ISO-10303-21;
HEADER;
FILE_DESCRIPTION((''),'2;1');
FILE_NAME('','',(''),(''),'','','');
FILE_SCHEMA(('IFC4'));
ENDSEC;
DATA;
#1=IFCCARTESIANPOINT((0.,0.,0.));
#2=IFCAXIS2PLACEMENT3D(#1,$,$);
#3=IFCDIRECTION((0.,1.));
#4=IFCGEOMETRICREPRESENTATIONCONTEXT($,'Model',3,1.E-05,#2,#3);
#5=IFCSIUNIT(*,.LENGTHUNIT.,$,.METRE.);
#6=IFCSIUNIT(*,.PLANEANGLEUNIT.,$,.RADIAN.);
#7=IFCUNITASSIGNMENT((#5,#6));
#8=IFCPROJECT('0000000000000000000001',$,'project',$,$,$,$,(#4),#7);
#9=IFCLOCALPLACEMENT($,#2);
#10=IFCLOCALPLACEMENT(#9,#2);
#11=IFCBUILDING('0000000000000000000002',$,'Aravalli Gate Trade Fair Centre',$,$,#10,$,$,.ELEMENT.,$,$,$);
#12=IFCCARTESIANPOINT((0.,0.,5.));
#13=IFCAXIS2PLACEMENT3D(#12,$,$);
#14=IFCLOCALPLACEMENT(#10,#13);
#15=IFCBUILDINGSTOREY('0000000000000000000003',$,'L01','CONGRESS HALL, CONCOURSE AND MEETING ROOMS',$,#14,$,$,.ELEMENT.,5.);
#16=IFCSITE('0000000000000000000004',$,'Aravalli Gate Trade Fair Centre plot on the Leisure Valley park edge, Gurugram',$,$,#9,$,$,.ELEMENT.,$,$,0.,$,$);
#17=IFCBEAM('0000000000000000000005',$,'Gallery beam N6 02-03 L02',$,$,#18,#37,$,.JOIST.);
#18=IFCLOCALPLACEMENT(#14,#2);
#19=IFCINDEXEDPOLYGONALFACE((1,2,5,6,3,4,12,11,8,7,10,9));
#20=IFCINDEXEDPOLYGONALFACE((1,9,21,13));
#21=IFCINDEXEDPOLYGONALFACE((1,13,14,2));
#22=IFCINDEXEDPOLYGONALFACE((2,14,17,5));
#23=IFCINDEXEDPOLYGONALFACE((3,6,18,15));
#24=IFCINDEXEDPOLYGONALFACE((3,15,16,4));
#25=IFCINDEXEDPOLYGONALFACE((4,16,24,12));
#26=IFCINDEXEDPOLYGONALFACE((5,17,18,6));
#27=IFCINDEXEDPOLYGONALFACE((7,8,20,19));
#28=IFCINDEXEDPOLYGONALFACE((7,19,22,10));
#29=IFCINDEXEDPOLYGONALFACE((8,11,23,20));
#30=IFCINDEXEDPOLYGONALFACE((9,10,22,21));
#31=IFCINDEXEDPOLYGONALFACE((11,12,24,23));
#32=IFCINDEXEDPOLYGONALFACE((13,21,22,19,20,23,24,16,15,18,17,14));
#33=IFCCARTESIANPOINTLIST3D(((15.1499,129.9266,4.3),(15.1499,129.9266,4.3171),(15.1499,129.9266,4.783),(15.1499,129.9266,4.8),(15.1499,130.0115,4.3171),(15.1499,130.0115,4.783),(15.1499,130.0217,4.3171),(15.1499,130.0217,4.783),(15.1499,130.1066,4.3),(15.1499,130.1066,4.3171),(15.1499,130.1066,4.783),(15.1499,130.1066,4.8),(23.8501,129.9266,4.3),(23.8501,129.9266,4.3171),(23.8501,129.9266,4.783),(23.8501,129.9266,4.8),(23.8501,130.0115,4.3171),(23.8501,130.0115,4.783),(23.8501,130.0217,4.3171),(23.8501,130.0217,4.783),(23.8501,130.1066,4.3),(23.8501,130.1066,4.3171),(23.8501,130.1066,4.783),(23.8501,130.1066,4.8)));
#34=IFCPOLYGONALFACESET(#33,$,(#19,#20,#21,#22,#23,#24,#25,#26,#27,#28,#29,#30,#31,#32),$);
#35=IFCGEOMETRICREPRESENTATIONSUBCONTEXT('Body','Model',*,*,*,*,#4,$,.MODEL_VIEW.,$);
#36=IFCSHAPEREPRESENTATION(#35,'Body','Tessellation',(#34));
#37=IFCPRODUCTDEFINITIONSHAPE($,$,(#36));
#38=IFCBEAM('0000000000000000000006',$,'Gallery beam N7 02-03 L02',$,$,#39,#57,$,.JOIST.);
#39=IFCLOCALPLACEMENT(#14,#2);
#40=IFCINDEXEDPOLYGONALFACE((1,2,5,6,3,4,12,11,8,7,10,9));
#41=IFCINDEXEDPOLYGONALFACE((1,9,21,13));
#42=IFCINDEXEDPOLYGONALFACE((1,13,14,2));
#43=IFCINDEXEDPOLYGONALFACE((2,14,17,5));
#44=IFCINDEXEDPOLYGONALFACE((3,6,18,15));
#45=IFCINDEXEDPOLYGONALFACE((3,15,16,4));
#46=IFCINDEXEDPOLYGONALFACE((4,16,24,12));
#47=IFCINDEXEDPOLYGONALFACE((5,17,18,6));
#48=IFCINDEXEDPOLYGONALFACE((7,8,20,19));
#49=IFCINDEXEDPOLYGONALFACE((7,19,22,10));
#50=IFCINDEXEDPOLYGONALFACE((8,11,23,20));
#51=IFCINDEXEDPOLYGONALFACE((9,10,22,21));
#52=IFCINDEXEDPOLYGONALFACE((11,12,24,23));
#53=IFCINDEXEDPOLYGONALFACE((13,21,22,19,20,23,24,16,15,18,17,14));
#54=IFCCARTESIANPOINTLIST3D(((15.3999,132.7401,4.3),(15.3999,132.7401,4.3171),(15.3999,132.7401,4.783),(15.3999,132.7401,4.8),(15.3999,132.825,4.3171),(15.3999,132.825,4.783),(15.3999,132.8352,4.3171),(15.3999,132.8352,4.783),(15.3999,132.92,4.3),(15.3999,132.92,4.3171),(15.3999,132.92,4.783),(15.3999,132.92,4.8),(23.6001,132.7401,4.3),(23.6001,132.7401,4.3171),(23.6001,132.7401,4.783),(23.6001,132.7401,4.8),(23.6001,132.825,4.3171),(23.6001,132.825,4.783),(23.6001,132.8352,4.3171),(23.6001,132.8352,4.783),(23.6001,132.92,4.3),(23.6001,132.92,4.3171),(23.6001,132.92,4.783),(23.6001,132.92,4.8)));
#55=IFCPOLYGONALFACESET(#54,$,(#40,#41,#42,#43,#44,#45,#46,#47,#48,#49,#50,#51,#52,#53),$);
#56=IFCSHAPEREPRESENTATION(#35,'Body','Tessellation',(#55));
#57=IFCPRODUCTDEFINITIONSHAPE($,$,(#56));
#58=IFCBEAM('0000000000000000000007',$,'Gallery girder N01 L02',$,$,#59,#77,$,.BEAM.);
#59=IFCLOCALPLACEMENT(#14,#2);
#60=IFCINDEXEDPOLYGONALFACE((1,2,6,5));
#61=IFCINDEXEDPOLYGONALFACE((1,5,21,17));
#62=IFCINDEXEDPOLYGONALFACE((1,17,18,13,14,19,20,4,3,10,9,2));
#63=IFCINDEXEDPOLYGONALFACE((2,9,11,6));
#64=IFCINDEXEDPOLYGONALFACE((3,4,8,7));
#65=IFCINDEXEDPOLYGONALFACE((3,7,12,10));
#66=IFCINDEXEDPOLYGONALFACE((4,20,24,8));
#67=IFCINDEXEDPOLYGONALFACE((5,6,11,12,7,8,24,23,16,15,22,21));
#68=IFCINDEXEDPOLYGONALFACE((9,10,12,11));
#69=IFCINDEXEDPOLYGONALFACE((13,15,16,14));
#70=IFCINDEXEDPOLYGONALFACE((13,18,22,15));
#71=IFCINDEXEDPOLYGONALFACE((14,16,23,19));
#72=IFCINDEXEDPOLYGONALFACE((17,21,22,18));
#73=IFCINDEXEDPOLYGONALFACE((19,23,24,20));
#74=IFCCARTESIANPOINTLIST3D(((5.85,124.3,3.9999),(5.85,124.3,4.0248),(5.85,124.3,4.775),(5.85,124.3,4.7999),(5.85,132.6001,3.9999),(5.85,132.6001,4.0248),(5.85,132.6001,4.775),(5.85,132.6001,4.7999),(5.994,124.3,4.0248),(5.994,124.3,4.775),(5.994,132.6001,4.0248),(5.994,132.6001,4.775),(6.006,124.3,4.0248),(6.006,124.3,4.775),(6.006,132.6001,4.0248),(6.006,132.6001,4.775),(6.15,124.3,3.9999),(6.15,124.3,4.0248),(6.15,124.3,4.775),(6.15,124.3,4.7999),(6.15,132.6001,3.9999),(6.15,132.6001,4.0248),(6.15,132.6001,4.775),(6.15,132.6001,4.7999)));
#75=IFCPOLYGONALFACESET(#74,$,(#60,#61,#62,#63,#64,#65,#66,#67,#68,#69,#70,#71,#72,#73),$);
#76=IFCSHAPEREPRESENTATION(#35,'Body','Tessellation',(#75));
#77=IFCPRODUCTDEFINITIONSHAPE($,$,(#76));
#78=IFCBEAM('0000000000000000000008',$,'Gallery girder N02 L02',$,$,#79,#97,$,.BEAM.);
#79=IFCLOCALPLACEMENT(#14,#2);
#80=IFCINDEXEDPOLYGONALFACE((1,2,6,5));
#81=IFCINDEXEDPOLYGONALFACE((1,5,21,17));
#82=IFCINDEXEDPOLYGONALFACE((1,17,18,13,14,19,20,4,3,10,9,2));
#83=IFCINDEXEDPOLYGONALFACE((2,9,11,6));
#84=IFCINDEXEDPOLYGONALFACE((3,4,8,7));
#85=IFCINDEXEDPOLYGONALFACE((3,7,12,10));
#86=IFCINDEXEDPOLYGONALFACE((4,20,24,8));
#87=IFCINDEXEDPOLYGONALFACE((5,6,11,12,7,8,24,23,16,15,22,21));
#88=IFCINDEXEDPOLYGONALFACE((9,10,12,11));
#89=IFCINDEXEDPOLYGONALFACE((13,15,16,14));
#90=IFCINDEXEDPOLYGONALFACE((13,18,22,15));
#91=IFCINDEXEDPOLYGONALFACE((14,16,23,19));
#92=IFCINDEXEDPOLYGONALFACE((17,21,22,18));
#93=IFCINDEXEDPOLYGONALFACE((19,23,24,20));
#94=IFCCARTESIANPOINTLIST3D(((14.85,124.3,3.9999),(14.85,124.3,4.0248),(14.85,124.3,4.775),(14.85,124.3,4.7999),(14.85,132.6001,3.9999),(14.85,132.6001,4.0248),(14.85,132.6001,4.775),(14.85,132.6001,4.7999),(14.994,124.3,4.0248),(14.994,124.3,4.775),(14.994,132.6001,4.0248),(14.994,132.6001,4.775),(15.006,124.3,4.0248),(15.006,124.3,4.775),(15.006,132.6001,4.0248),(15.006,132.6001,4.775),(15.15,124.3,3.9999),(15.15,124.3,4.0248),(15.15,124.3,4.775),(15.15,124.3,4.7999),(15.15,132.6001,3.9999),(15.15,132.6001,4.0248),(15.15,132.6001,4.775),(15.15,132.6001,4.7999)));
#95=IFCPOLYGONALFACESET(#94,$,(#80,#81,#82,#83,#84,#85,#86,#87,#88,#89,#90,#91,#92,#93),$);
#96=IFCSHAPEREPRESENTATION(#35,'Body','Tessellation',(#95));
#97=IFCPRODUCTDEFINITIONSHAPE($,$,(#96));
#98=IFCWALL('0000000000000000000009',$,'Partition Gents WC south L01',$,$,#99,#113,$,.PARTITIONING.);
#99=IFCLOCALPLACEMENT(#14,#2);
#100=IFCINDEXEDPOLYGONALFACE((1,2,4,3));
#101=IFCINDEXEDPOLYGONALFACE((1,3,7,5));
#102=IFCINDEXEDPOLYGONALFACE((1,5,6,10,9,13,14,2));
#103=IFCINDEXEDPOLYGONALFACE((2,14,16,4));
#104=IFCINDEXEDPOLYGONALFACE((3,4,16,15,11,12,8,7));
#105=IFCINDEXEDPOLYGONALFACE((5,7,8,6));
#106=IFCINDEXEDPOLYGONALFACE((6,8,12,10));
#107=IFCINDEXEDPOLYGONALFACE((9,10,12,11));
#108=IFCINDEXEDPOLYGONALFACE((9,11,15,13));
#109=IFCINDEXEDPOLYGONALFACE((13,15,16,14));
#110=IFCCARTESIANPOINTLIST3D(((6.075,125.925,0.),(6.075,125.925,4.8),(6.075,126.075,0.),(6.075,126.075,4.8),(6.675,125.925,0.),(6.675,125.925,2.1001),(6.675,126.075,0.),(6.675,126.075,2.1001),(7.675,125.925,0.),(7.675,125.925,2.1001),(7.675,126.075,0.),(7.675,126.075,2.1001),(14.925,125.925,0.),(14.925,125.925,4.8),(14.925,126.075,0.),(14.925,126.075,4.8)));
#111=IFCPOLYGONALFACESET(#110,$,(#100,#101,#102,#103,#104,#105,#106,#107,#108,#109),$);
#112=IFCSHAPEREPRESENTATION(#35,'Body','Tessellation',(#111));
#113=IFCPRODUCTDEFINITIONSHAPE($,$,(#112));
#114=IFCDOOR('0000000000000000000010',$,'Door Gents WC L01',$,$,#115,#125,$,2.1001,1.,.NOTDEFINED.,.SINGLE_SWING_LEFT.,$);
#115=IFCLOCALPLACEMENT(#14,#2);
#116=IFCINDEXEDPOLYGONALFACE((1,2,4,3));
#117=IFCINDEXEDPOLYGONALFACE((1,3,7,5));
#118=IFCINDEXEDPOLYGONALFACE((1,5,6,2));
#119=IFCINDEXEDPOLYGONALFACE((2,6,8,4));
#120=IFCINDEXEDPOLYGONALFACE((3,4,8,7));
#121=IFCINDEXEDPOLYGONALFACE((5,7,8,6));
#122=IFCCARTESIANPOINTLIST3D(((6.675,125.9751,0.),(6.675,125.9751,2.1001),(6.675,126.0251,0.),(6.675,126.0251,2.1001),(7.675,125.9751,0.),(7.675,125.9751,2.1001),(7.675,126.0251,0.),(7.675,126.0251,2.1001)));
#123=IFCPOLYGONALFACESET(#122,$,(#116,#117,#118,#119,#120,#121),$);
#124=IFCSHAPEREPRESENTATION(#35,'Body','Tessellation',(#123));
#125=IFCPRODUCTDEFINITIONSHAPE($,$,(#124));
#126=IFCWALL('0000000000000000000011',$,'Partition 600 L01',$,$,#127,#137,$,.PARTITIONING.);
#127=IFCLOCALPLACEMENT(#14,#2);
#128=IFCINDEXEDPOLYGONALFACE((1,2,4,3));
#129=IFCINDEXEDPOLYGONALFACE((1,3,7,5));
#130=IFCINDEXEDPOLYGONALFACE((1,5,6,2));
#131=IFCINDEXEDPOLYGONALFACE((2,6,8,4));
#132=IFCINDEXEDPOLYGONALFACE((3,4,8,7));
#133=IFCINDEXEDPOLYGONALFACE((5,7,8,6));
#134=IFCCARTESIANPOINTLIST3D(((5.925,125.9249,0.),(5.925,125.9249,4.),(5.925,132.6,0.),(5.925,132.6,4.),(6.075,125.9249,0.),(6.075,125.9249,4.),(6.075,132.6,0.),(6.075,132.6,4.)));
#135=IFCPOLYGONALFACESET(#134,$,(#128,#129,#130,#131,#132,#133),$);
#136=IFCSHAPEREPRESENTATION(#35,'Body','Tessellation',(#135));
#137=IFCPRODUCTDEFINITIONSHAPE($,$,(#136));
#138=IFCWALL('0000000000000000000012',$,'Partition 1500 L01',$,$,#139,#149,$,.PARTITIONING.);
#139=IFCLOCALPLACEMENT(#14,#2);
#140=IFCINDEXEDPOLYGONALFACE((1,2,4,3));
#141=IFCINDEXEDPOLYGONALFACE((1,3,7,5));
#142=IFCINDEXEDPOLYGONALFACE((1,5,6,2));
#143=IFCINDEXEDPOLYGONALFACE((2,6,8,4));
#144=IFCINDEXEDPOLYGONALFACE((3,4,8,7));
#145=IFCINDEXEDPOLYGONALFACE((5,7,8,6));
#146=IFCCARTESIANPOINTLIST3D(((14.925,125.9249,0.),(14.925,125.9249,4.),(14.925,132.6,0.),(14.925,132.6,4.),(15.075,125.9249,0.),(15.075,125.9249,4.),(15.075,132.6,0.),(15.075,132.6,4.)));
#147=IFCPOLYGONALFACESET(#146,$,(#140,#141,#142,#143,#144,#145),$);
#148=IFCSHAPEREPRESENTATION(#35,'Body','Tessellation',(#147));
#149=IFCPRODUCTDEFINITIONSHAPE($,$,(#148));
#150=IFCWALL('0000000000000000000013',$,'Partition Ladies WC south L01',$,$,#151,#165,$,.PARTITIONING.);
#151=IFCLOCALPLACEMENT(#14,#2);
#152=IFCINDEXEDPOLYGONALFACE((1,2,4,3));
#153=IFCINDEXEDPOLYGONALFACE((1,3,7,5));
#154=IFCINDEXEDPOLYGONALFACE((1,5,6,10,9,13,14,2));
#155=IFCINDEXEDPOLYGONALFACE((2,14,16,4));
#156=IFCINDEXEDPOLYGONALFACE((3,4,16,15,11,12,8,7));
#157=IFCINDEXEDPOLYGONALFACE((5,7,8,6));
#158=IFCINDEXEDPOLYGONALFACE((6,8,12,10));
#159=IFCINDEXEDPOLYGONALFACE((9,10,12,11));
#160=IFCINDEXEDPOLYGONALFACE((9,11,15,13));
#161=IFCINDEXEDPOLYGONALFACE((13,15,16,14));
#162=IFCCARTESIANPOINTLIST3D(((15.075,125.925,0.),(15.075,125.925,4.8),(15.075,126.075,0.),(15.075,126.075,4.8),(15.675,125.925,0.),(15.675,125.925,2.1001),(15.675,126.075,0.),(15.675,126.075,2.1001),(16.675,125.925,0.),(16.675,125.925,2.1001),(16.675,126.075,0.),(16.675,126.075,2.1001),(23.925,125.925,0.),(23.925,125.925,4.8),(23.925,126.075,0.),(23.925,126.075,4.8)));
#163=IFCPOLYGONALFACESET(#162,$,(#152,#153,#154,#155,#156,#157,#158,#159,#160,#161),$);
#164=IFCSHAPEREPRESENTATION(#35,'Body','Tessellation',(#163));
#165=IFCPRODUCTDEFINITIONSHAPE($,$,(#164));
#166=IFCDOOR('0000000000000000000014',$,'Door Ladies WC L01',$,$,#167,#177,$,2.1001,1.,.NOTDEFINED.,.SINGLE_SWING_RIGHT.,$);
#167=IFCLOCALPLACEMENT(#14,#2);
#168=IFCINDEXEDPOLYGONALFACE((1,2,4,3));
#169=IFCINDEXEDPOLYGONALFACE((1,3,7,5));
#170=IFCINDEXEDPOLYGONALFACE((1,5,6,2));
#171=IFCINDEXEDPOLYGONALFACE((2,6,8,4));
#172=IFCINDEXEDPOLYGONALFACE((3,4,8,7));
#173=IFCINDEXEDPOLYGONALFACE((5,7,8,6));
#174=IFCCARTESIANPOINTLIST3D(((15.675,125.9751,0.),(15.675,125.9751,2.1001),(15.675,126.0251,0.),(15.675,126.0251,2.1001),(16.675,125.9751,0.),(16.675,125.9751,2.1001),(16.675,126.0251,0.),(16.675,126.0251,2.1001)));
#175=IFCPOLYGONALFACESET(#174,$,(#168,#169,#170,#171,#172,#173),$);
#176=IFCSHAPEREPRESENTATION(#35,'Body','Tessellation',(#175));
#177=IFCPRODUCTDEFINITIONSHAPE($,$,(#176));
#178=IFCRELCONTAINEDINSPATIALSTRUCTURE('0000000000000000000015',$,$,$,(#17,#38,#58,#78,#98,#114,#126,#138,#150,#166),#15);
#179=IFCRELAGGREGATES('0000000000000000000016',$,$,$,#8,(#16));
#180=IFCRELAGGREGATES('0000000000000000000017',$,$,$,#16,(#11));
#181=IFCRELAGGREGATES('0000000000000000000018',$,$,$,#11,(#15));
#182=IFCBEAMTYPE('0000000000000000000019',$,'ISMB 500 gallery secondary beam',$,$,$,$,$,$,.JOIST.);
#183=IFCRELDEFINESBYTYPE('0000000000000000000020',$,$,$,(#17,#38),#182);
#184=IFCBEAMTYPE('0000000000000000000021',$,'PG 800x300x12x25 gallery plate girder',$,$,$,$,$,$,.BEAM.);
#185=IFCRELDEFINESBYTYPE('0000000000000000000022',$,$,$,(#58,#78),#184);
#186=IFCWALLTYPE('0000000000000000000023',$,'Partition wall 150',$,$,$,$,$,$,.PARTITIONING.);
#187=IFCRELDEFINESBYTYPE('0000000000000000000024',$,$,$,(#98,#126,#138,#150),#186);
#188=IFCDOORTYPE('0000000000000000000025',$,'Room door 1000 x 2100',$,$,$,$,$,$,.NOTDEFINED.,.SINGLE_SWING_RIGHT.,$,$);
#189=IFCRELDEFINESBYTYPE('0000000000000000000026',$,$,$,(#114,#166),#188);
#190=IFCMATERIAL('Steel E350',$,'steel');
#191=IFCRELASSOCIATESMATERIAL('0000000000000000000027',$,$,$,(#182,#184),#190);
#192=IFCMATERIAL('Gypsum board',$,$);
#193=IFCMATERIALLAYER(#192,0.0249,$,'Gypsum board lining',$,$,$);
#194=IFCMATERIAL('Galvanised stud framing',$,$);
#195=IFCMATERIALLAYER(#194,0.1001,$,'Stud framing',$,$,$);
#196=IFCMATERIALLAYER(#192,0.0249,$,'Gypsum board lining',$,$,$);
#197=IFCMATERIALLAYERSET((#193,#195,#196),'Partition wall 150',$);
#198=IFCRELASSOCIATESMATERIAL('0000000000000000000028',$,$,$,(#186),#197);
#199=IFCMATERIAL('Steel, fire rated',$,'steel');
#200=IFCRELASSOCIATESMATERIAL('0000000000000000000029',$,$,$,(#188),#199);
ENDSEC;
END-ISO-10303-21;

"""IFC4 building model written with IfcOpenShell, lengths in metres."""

from ifc_helpers import new_model, si_unit, direction, frame, frame_2d, origin, origin_2d, place, context, subcontext, project, spatial, rectangle, i_section, extrude, material, layer, layer_set, material_profile, profile_set, type_object, element, fill, save


model = new_model("IFC4")

# Units and contexts
model_context = context("Model", 3, precision=1e-05, world=origin(), true_north=direction((0.0, 1.0)))
body_context = subcontext(model_context, "Body", "Model", "MODEL_VIEW")
ifc_project = project(units=[si_unit("LENGTHUNIT", "METRE"), si_unit("PLANEANGLEUNIT", "RADIAN")], contexts=[model_context])

# Site, building, storey
site_placement = place(None, origin())
site = spatial("IfcSite", under=ifc_project, at=site_placement, Name="Aravalli Gate Trade Fair Centre plot on the Leisure Valley park edge, Gurugram", CompositionType="ELEMENT", RefElevation=0.0)
building_placement = place(site_placement, origin())
building = spatial("IfcBuilding", under=site, at=building_placement, Name="Aravalli Gate Trade Fair Centre", CompositionType="ELEMENT")
storey_placement = place(building_placement, frame((0.0, 0.0, 5.0)))
storey = spatial("IfcBuildingStorey", under=building, at=storey_placement, Name="L01", Description="CONGRESS HALL, CONCOURSE AND MEETING ROOMS", CompositionType="ELEMENT", Elevation=5.0)

# Beams
ifc_material_1 = material(Name="Steel E350", Category="steel")
ifc_material_profile_1 = material_profile(ifc_material_1, i_section(OverallWidth=0.1799, OverallDepth=0.5, WebThickness=0.0103, FlangeThickness=0.0171, at=origin_2d()), Name="ISMB 500")
ifc_profile_set_1 = profile_set([ifc_material_profile_1], Name="Steel E350")
beam_type_1 = type_object("IfcBeamType", Name="ISMB 500 gallery secondary beam", PredefinedType="JOIST", material=ifc_profile_set_1)
for number, where, z_axis, x_axis, name in (
    (1, (15.1499, 130.0166, 4.55), (1.0, 0.0, 0.0), (0.0, 1.0, 0.0), "Gallery beam N6 02-03 L02"),
):
    element("IfcBeam", number, at=place(storey_placement, frame(where, z_axis=z_axis, x_axis=x_axis)), inside=storey, type_object=beam_type_1, Name=name, PredefinedType="JOIST", context=body_context, shape_type="SweptSolid", body=[
        extrude(i_section(OverallWidth=0.1799, OverallDepth=0.5, WebThickness=0.0103, FlangeThickness=0.0171, at=origin_2d()), origin(), (0.0, 0.0, 1.0), 8.7002),
    ])
beam_1_placement = place(storey_placement, frame((15.3999, 132.8301, 4.55), z_axis=(1.0, 0.0, 0.0), x_axis=(0.0, 1.0, 0.0)))
element("IfcBeam", 2, at=beam_1_placement, inside=storey, type_object=beam_type_1, Name="Gallery beam N7 02-03 L02", PredefinedType="JOIST", context=body_context, shape_type="SweptSolid", body=[
    extrude(i_section(OverallWidth=0.1799, OverallDepth=0.5, WebThickness=0.0103, FlangeThickness=0.0171, at=origin_2d()), origin(), (0.0, 0.0, 1.0), 8.2002),
])
ifc_material_profile_2 = material_profile(ifc_material_1, i_section(OverallWidth=0.3, OverallDepth=0.8, WebThickness=0.012, FlangeThickness=0.0249, at=origin_2d()), Name="PG 800x300x12x25")
ifc_profile_set_2 = profile_set([ifc_material_profile_2], Name="Steel E350")
beam_type_2 = type_object("IfcBeamType", Name="PG 800x300x12x25 gallery plate girder", PredefinedType="BEAM", material=ifc_profile_set_2)
for number, where, z_axis, x_axis, name in (
    (3, (6.0, 124.3, 4.3999), (0.0, 1.0, 0.0), (-1.0, 0.0, 0.0), "Gallery girder N01 L02"),
    (4, (15.0, 124.3, 4.3999), (0.0, 1.0, 0.0), (-1.0, 0.0, 0.0), "Gallery girder N02 L02"),
):
    element("IfcBeam", number, at=place(storey_placement, frame(where, z_axis=z_axis, x_axis=x_axis)), inside=storey, type_object=beam_type_2, Name=name, PredefinedType="BEAM", context=body_context, shape_type="SweptSolid", body=[
        extrude(i_section(OverallWidth=0.3, OverallDepth=0.8, WebThickness=0.012, FlangeThickness=0.0249, at=origin_2d()), origin(), (0.0, 0.0, 1.0), 8.3),
    ])

# Wall, opening, door
ifc_material_2 = material(Name="Gypsum board")
ifc_layer_1 = layer(ifc_material_2, 0.0249, Name="Gypsum board lining")
ifc_material_3 = material(Name="Galvanised stud framing")
ifc_layer_2 = layer(ifc_material_3, 0.1001, Name="Stud framing")
ifc_layer_3 = layer(ifc_material_2, 0.0249, Name="Gypsum board lining")
ifc_layer_set = layer_set([ifc_layer_1, ifc_layer_2, ifc_layer_3], Name="Partition wall 150")
wall_type = type_object("IfcWallType", Name="Partition wall 150", PredefinedType="PARTITIONING", material=ifc_layer_set)
wall_1_placement = place(storey_placement, frame((6.075, 126.0, 0.0), z_axis=(0.0, 0.0, 1.0), x_axis=(1.0, 0.0, 0.0)))
wall_1 = element("IfcWall", 5, at=wall_1_placement, inside=storey, type_object=wall_type, Name="Partition Gents WC south L01", PredefinedType="PARTITIONING", context=body_context, shape_type="SweptSolid", body=[
    extrude(rectangle(XDim=8.8501, YDim=0.1499, at=frame_2d((4.425, 0.0))), origin(), (0.0, 0.0, 1.0), 4.8),
])
opening_1_placement = place(wall_1_placement, frame((0.6001, 0.0, 0.0)))
opening_1 = element("IfcOpeningElement", 6, at=opening_1_placement, cuts=wall_1, PredefinedType="OPENING", context=body_context, shape_type="SweptSolid", body=[
    extrude(rectangle(XDim=1.0, YDim=2.1001, at=frame_2d((0.5, 1.05))), frame((0.0, 0.085, 0.0), z_axis=(0.0, -1.0, 0.0), x_axis=(1.0, 0.0, 0.0)), (0.0, 0.0, 1.0), 0.1699),
])
ifc_material_4 = material(Name="Steel, fire rated", Category="steel")
door_type = type_object("IfcDoorType", Name="Room door 1000 x 2100", OperationType="SINGLE_SWING_RIGHT", PredefinedType="NOTDEFINED", material=ifc_material_4)
door_1_placement = place(opening_1_placement, frame((1.0, 0.0, 0.0), z_axis=(0.0, 0.0, 1.0), x_axis=(-1.0, 0.0, 0.0)))
door_1 = element("IfcDoor", 7, at=door_1_placement, inside=storey, type_object=door_type, Name="Door Gents WC L01", OperationType="SINGLE_SWING_LEFT", OverallHeight=2.1001, OverallWidth=1.0, PredefinedType="NOTDEFINED", context=body_context, shape_type="SweptSolid", body=[
    extrude(rectangle(XDim=1.0, YDim=2.1001, at=frame_2d((0.5, 1.05))), frame((0.0, 0.0249, 0.0), z_axis=(0.0, -1.0, 0.0), x_axis=(1.0, 0.0, 0.0)), (0.0, 0.0, 1.0), 0.05),
])
fill(opening_1, door_1)

# Walls
for number, where, z_axis, x_axis, name in (
    (8, (6.0, 125.925, 0.0), (0.0, 0.0, 1.0), (0.0, 1.0, 0.0), "Partition 600 L01"),
    (9, (15.0, 125.925, 0.0), (0.0, 0.0, 1.0), (0.0, 1.0, 0.0), "Partition 1500 L01"),
):
    element("IfcWall", number, at=place(storey_placement, frame(where, z_axis=z_axis, x_axis=x_axis)), inside=storey, type_object=wall_type, Name=name, PredefinedType="PARTITIONING", context=body_context, shape_type="SweptSolid", body=[
        extrude(rectangle(XDim=6.675, YDim=0.1499, at=frame_2d((3.3374, 0.0))), origin(), (0.0, 0.0, 1.0), 4.0),
    ])

# Wall, opening, door
wall_2_placement = place(storey_placement, frame((15.075, 126.0, 0.0), z_axis=(0.0, 0.0, 1.0), x_axis=(1.0, 0.0, 0.0)))
wall_2 = element("IfcWall", 10, at=wall_2_placement, inside=storey, type_object=wall_type, Name="Partition Ladies WC south L01", PredefinedType="PARTITIONING", context=body_context, shape_type="SweptSolid", body=[
    extrude(rectangle(XDim=8.8501, YDim=0.1499, at=frame_2d((4.425, 0.0))), origin(), (0.0, 0.0, 1.0), 4.8),
])
opening_2_placement = place(wall_2_placement, frame((0.6001, 0.0, 0.0)))
opening_2 = element("IfcOpeningElement", 11, at=opening_2_placement, cuts=wall_2, PredefinedType="OPENING", context=body_context, shape_type="SweptSolid", body=[
    extrude(rectangle(XDim=1.0, YDim=2.1001, at=frame_2d((0.5, 1.05))), frame((0.0, 0.085, 0.0), z_axis=(0.0, -1.0, 0.0), x_axis=(1.0, 0.0, 0.0)), (0.0, 0.0, 1.0), 0.1699),
])
door_2_placement = place(opening_2_placement, frame((1.0, 0.0, 0.0), z_axis=(0.0, 0.0, 1.0), x_axis=(-1.0, 0.0, 0.0)))
door_2 = element("IfcDoor", 12, at=door_2_placement, inside=storey, type_object=door_type, Name="Door Ladies WC L01", OperationType="SINGLE_SWING_RIGHT", OverallHeight=2.1001, OverallWidth=1.0, PredefinedType="NOTDEFINED", context=body_context, shape_type="SweptSolid", body=[
    extrude(rectangle(XDim=1.0, YDim=2.1001, at=frame_2d((0.5, 1.05))), frame((0.0, 0.0249, 0.0), z_axis=(0.0, -1.0, 0.0), x_axis=(1.0, 0.0, 0.0)), (0.0, 0.0, 1.0), 0.05),
])
fill(opening_2, door_2)

save(model, "model.ifc")
